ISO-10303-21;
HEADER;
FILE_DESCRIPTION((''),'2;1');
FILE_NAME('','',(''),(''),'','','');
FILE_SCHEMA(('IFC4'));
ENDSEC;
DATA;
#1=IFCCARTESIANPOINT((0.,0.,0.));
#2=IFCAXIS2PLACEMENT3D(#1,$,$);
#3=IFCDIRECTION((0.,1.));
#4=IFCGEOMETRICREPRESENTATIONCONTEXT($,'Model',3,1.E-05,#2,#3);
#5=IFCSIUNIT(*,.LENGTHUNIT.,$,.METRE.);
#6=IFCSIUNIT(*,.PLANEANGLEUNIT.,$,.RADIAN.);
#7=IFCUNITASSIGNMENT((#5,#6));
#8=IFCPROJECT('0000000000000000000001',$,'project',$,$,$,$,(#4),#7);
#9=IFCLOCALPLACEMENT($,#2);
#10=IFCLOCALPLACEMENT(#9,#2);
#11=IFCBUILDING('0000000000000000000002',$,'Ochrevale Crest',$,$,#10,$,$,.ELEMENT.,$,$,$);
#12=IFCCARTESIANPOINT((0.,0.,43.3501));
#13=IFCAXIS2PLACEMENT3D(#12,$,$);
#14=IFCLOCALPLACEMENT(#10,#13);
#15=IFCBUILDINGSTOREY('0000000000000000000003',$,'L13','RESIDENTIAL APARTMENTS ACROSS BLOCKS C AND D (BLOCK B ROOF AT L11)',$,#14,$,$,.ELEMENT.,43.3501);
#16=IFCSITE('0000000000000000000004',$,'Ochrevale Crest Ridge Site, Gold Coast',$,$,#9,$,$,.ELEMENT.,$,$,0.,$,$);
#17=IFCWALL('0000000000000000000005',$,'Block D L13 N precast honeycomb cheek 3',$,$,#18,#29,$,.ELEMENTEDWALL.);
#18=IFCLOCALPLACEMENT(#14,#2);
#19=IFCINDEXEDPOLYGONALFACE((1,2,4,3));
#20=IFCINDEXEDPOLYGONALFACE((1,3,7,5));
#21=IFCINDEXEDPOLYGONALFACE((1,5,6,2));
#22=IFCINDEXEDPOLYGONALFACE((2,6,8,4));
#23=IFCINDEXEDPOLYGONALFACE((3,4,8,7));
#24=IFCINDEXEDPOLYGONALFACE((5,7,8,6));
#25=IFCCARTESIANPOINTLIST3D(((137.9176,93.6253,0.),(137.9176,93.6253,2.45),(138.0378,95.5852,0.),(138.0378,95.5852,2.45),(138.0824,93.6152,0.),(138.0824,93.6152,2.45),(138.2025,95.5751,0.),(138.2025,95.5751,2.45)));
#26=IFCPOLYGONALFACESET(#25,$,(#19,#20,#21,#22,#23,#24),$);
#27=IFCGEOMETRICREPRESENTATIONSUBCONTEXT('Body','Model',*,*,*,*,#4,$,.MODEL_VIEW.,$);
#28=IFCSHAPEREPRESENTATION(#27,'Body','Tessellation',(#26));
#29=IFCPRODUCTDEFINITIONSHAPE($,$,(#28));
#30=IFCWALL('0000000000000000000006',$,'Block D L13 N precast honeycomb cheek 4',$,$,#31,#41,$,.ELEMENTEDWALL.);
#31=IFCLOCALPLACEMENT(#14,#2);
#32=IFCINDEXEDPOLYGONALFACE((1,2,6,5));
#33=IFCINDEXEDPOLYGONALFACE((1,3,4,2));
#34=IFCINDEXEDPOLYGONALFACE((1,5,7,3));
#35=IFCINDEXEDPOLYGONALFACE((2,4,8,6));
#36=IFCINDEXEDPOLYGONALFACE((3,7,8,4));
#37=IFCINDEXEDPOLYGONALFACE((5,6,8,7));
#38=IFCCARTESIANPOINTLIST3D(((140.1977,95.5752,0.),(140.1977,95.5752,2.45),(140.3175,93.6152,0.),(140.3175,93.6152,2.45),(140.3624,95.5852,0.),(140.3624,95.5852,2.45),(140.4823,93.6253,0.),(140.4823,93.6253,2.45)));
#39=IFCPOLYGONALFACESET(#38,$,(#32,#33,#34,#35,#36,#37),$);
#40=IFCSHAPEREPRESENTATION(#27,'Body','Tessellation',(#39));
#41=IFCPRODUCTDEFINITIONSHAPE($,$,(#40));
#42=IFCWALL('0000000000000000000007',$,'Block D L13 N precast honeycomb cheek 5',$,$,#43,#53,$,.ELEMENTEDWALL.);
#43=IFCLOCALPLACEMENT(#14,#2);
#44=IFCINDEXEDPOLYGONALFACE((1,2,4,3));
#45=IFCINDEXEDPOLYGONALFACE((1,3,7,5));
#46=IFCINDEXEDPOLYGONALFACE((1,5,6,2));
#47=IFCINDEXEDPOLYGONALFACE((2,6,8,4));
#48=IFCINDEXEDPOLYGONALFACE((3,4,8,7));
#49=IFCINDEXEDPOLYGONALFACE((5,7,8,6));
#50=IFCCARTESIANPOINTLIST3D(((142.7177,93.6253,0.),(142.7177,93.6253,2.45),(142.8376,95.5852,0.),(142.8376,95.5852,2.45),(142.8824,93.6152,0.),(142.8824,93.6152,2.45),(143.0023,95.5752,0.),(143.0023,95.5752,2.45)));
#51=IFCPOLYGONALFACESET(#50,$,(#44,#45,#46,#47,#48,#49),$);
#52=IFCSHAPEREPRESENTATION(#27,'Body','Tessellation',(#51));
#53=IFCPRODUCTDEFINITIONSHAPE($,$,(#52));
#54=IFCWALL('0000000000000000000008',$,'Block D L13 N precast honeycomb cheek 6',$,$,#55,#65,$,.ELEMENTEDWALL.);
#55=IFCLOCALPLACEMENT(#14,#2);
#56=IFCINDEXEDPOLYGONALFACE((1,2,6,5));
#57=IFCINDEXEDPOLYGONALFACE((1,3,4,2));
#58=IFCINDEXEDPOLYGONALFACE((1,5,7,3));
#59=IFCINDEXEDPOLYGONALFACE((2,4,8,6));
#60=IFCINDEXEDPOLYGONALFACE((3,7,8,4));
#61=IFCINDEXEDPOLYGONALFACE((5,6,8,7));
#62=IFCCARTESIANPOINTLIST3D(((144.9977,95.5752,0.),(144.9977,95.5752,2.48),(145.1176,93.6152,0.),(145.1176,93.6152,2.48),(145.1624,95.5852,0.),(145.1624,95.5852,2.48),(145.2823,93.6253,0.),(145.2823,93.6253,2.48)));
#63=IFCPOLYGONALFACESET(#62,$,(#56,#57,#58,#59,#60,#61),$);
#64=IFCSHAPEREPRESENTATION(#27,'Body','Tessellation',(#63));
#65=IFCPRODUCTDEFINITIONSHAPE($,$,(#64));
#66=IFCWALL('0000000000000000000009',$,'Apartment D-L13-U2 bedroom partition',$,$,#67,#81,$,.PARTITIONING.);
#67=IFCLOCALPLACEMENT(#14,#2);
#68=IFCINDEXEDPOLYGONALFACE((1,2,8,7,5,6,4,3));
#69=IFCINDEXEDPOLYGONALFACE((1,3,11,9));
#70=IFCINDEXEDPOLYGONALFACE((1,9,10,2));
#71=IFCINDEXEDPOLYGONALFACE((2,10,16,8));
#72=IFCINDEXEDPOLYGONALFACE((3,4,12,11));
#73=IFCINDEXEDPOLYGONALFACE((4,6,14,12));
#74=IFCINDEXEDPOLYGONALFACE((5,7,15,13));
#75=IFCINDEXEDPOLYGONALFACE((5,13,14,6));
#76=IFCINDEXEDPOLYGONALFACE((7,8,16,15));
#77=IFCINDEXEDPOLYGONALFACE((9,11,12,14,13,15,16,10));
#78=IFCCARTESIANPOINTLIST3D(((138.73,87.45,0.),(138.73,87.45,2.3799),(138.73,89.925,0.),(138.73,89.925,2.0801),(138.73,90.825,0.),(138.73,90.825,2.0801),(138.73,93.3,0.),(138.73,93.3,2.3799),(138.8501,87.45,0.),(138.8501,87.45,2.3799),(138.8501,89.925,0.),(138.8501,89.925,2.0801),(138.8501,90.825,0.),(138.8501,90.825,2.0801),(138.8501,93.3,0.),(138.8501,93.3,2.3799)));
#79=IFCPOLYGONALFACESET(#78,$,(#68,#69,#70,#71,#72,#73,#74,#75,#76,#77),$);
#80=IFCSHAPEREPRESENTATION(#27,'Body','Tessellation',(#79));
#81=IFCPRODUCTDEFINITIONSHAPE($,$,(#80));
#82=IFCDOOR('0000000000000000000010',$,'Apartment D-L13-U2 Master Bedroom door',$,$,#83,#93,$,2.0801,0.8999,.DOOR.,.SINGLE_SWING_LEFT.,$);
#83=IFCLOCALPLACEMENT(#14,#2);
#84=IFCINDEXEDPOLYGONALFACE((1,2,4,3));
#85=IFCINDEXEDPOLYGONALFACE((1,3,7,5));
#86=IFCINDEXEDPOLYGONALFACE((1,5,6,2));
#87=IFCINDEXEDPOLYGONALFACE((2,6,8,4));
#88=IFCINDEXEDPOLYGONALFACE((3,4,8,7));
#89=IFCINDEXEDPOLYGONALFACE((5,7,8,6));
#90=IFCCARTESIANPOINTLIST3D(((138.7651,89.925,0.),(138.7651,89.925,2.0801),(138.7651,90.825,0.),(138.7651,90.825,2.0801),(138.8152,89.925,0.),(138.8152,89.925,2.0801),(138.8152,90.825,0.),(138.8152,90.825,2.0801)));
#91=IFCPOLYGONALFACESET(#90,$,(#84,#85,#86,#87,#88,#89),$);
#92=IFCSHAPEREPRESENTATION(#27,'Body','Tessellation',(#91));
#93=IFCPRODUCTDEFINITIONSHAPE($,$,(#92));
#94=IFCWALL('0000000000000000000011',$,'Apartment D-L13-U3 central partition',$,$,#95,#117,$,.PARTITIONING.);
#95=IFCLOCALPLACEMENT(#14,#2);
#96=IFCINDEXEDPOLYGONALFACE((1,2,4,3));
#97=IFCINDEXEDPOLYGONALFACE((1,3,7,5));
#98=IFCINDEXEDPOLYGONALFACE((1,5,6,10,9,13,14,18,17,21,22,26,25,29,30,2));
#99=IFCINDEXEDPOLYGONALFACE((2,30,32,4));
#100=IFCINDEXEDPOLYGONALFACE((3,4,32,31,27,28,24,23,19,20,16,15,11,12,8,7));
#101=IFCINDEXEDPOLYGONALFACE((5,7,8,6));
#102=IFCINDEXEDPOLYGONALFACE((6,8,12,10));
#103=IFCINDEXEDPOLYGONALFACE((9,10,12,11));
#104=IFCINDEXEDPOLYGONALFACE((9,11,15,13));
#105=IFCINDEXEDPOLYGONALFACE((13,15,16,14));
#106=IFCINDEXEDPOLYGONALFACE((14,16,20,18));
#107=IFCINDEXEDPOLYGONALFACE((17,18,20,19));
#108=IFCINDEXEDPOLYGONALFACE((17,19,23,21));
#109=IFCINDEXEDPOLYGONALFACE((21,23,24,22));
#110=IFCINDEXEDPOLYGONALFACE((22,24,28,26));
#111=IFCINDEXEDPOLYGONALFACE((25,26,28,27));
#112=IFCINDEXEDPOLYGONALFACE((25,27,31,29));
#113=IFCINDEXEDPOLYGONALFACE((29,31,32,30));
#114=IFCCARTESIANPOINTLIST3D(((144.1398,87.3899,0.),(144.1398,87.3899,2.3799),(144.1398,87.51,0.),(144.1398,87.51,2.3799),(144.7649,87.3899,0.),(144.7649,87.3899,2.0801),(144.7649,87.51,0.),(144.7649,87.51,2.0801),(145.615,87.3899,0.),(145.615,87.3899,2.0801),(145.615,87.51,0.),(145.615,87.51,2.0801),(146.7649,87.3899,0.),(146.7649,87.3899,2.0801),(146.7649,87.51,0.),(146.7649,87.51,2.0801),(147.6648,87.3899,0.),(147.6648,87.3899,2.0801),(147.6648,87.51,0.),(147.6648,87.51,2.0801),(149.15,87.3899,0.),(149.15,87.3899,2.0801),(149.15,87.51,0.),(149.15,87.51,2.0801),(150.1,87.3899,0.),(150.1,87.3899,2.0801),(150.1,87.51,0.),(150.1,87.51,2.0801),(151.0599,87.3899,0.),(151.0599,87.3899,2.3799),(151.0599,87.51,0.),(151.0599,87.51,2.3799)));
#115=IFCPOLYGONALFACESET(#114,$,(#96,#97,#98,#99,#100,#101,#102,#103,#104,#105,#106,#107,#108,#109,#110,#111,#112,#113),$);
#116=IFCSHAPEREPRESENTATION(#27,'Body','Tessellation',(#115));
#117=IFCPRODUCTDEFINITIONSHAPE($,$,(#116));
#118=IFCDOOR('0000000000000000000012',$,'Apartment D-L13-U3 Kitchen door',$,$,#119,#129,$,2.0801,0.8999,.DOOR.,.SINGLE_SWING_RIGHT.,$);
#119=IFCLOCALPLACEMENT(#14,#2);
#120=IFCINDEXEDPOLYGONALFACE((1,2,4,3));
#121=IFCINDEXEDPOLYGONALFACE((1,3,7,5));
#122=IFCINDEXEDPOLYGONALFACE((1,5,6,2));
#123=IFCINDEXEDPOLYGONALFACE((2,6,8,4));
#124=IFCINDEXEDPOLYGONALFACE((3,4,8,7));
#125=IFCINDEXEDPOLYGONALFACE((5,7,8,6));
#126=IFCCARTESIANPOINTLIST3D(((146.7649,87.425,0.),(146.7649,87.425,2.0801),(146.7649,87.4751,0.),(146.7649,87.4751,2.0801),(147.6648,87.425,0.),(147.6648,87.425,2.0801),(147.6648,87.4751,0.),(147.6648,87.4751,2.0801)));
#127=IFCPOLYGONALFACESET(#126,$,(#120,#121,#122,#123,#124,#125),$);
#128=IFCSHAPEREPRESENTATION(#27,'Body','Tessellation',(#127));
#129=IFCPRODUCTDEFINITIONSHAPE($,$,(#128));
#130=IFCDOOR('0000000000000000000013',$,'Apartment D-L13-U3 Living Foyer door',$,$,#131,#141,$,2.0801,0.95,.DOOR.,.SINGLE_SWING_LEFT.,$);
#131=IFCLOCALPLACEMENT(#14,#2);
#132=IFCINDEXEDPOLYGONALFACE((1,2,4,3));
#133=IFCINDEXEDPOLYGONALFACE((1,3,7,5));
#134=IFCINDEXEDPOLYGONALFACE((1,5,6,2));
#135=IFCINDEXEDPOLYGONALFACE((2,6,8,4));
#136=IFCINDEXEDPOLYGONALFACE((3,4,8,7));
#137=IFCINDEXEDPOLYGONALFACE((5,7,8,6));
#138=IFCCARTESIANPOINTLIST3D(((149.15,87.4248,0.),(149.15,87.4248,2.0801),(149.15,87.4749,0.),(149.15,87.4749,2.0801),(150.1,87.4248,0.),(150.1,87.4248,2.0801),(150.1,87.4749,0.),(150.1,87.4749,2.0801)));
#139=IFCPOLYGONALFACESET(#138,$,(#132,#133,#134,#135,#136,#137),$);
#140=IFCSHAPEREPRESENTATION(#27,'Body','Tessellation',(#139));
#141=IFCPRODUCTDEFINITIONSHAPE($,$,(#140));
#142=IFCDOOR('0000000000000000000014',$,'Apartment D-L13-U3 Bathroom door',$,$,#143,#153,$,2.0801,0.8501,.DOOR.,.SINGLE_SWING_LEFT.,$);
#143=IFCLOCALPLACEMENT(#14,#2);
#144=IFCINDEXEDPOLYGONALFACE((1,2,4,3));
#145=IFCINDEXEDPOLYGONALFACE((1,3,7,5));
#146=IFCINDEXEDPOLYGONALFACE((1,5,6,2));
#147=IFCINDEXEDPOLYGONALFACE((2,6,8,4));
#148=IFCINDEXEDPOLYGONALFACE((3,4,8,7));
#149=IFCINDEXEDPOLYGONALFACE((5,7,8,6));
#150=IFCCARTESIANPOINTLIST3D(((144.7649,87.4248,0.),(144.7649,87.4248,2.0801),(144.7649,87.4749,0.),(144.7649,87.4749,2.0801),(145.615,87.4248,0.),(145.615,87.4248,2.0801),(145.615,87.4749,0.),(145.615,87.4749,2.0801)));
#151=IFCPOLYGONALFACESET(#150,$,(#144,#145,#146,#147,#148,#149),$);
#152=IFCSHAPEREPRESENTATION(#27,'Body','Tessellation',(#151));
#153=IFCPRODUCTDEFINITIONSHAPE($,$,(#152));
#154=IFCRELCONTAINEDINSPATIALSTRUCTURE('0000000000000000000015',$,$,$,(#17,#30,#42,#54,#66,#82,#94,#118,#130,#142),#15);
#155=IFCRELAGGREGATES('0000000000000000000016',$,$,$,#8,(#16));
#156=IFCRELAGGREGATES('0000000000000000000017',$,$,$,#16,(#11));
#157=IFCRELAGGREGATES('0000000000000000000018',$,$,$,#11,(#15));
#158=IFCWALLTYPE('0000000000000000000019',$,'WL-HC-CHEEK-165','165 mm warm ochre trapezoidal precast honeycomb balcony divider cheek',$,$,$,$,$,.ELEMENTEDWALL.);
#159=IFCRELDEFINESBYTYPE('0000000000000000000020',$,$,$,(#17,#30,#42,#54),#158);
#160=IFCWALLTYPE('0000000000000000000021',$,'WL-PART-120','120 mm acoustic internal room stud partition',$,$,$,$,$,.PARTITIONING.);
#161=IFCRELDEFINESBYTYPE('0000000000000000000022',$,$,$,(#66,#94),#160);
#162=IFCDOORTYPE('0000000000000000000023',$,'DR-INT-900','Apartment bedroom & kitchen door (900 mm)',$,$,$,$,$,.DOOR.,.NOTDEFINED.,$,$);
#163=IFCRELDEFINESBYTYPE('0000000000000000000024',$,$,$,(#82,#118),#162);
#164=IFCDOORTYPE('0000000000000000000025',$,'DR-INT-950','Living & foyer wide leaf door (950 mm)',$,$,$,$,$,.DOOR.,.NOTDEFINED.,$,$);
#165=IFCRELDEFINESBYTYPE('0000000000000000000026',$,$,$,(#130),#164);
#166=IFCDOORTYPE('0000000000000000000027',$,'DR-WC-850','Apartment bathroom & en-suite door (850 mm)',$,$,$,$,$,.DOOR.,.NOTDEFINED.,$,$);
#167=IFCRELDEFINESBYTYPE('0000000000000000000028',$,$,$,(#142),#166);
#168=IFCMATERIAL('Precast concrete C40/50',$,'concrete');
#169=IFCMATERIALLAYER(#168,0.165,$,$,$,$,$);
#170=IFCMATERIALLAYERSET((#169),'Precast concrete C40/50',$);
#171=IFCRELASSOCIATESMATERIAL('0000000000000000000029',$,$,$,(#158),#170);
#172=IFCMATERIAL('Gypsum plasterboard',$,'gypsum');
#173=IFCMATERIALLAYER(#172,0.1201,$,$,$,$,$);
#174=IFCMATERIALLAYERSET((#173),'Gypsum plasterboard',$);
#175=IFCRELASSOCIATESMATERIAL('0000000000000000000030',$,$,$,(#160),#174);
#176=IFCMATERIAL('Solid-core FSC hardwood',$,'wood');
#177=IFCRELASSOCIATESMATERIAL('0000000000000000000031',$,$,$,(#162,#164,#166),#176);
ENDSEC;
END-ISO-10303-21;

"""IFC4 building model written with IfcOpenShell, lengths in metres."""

from ifc_helpers import new_model, si_unit, direction, frame, frame_2d, origin, place, context, subcontext, project, spatial, rectangle, extrude, material, layer, layer_set, type_object, element, fill, save


model = new_model("IFC4")

# Units and contexts
model_context = context("Model", 3, precision=1e-05, world=origin(), true_north=direction((0.0, 1.0)))
body_context = subcontext(model_context, "Body", "Model", "MODEL_VIEW")
ifc_project = project(units=[si_unit("LENGTHUNIT", "METRE"), si_unit("PLANEANGLEUNIT", "RADIAN")], contexts=[model_context])

# Site, building, storey
site_placement = place(None, origin())
site = spatial("IfcSite", under=ifc_project, at=site_placement, Name="Ochrevale Crest Ridge Site, Gold Coast", CompositionType="ELEMENT", RefElevation=0.0)
building_placement = place(site_placement, origin())
building = spatial("IfcBuilding", under=site, at=building_placement, Name="Ochrevale Crest", CompositionType="ELEMENT")
storey_placement = place(building_placement, frame((0.0, 0.0, 43.3501)))
storey = spatial("IfcBuildingStorey", under=building, at=storey_placement, Name="L13", Description="RESIDENTIAL APARTMENTS ACROSS BLOCKS C AND D (BLOCK B ROOF AT L11)", CompositionType="ELEMENT", Elevation=43.3501)

# Shared definitions
ifc_material_1 = material(Name="Precast concrete C40/50", Category="concrete")

# Walls
ifc_layer_1 = layer(ifc_material_1, 0.165)
ifc_layer_set_1 = layer_set([ifc_layer_1], Name="Precast concrete C40/50")
wall_type_1 = type_object("IfcWallType", Name="WL-HC-CHEEK-165", Description="165 mm warm ochre trapezoidal precast honeycomb balcony divider cheek", PredefinedType="ELEMENTEDWALL", material=ifc_layer_set_1)
for number, where, z_axis, x_axis, name in (
    (1, (138.0, 93.6201, 0.0), (0.0, 0.0, 1.0), (0.061171, 0.998127, 0.0), "Block D L13 N precast honeycomb cheek 3"),
    (2, (140.3999, 93.6201, 0.0), (0.0, 0.0, 1.0), (-0.061047, 0.998135, 0.0), "Block D L13 N precast honeycomb cheek 4"),
    (3, (142.8, 93.6201, 0.0), (0.0, 0.0, 1.0), (0.061047, 0.998135, 0.0), "Block D L13 N precast honeycomb cheek 5"),
):
    element("IfcWall", number, at=place(storey_placement, frame(where, z_axis=z_axis, x_axis=x_axis)), inside=storey, type_object=wall_type_1, Name=name, PredefinedType="ELEMENTEDWALL", context=body_context, shape_type="SweptSolid", body=[
        extrude(rectangle(XDim=1.9636, YDim=0.165, at=frame_2d((0.9819, 0.0))), origin(), (0.0, 0.0, 1.0), 2.45),
    ])
wall_1_placement = place(storey_placement, frame((145.2, 93.6201, 0.0), z_axis=(0.0, 0.0, 1.0), x_axis=(-0.061047, 0.998135, 0.0)))
element("IfcWall", 4, at=wall_1_placement, inside=storey, type_object=wall_type_1, Name="Block D L13 N precast honeycomb cheek 6", PredefinedType="ELEMENTEDWALL", context=body_context, shape_type="SweptSolid", body=[
    extrude(rectangle(XDim=1.9636, YDim=0.165, at=frame_2d((0.9819, 0.0))), origin(), (0.0, 0.0, 1.0), 2.48),
])

# Wall, opening, door
ifc_material_2 = material(Name="Gypsum plasterboard", Category="gypsum")
ifc_layer_2 = layer(ifc_material_2, 0.1201)
ifc_layer_set_2 = layer_set([ifc_layer_2], Name="Gypsum plasterboard")
wall_type_2 = type_object("IfcWallType", Name="WL-PART-120", Description="120 mm acoustic internal room stud partition", PredefinedType="PARTITIONING", material=ifc_layer_set_2)
wall_2_placement = place(storey_placement, frame((138.79, 87.45, 0.0), z_axis=(0.0, 0.0, 1.0), x_axis=(0.0, 1.0, 0.0)))
wall_2 = element("IfcWall", 5, at=wall_2_placement, inside=storey, type_object=wall_type_2, Name="Apartment D-L13-U2 bedroom partition", PredefinedType="PARTITIONING", context=body_context, shape_type="SweptSolid", body=[
    extrude(rectangle(XDim=5.8501, YDim=0.1201, at=frame_2d((2.925, 0.0))), origin(), (0.0, 0.0, 1.0), 2.3799),
])
opening_1_placement = place(wall_2_placement, frame((2.4751, 0.0, 0.0)))
opening_1 = element("IfcOpeningElement", 6, at=opening_1_placement, cuts=wall_2, PredefinedType="OPENING", context=body_context, shape_type="SweptSolid", body=[
    extrude(rectangle(XDim=0.8999, YDim=2.0801, at=frame_2d((0.45, 1.04))), frame((0.0, 0.0701, 0.0), z_axis=(0.0, -1.0, 0.0), x_axis=(1.0, 0.0, 0.0)), (0.0, 0.0, 1.0), 0.1401),
])
ifc_material_3 = material(Name="Solid-core FSC hardwood", Category="wood")
door_type_1 = type_object("IfcDoorType", Name="DR-INT-900", Description="Apartment bedroom & kitchen door (900 mm)", OperationType="NOTDEFINED", PredefinedType="DOOR", material=ifc_material_3)
door_1_placement = place(opening_1_placement, origin())
door_1 = element("IfcDoor", 7, at=door_1_placement, inside=storey, type_object=door_type_1, Name="Apartment D-L13-U2 Master Bedroom door", OperationType="SINGLE_SWING_LEFT", OverallHeight=2.0801, OverallWidth=0.8999, PredefinedType="DOOR", context=body_context, shape_type="SweptSolid", body=[
    extrude(rectangle(XDim=0.8999, YDim=2.0801, at=frame_2d((0.45, 1.04))), frame((0.0, 0.0249, 0.0), z_axis=(0.0, -1.0, 0.0), x_axis=(1.0, 0.0, 0.0)), (0.0, 0.0, 1.0), 0.05),
])
fill(opening_1, door_1)

# Wall, openings, doors
wall_3_placement = place(storey_placement, frame((144.1399, 87.45, 0.0), z_axis=(0.0, 0.0, 1.0), x_axis=(1.0, 0.0, 0.0)))
wall_3 = element("IfcWall", 8, at=wall_3_placement, inside=storey, type_object=wall_type_2, Name="Apartment D-L13-U3 central partition", PredefinedType="PARTITIONING", context=body_context, shape_type="SweptSolid", body=[
    extrude(rectangle(XDim=6.9202, YDim=0.1201, at=frame_2d((3.46, 0.0))), origin(), (0.0, 0.0, 1.0), 2.3799),
])
opening_2_placement = place(wall_3_placement, frame((0.625, 0.0, 0.0)))
opening_2 = element("IfcOpeningElement", 9, at=opening_2_placement, cuts=wall_3, PredefinedType="OPENING", context=body_context, shape_type="SweptSolid", body=[
    extrude(rectangle(XDim=0.8501, YDim=2.0801, at=frame_2d((0.425, 1.04))), frame((0.0, 0.0701, 0.0), z_axis=(0.0, -1.0, 0.0), x_axis=(1.0, 0.0, 0.0)), (0.0, 0.0, 1.0), 0.1401),
])
opening_3_placement = place(wall_3_placement, frame((3.5249, 0.0, 0.0), z_axis=(0.0, 0.0, 1.0), x_axis=(-1.0, 0.0, 0.0)))
opening_3 = element("IfcOpeningElement", 10, at=opening_3_placement, cuts=wall_3, PredefinedType="OPENING", context=body_context, shape_type="SweptSolid", body=[
    extrude(rectangle(XDim=0.8999, YDim=2.0801, at=frame_2d((0.45, 1.04))), frame((0.0, 0.0701, 0.0), z_axis=(0.0, -1.0, 0.0), x_axis=(1.0, 0.0, 0.0)), (0.0, 0.0, 1.0), 0.1401),
])
opening_4_placement = place(wall_3_placement, frame((5.01, 0.0, 0.0)))
opening_4 = element("IfcOpeningElement", 11, at=opening_4_placement, cuts=wall_3, PredefinedType="OPENING", context=body_context, shape_type="SweptSolid", body=[
    extrude(rectangle(XDim=0.95, YDim=2.0801, at=frame_2d((0.4751, 1.04))), frame((0.0, 0.0701, 0.0), z_axis=(0.0, -1.0, 0.0), x_axis=(1.0, 0.0, 0.0)), (0.0, 0.0, 1.0), 0.1401),
])
door_2_placement = place(opening_3_placement, origin())
door_2 = element("IfcDoor", 12, at=door_2_placement, inside=storey, type_object=door_type_1, Name="Apartment D-L13-U3 Kitchen door", OperationType="SINGLE_SWING_RIGHT", OverallHeight=2.0801, OverallWidth=0.8999, PredefinedType="DOOR", context=body_context, shape_type="SweptSolid", body=[
    extrude(rectangle(XDim=0.8999, YDim=2.0801, at=frame_2d((0.45, 1.04))), frame((0.0, 0.0249, 0.0), z_axis=(0.0, -1.0, 0.0), x_axis=(1.0, 0.0, 0.0)), (0.0, 0.0, 1.0), 0.05),
])
fill(opening_3, door_2)
door_type_2 = type_object("IfcDoorType", Name="DR-INT-950", Description="Living & foyer wide leaf door (950 mm)", OperationType="NOTDEFINED", PredefinedType="DOOR", material=ifc_material_3)
door_3_placement = place(opening_4_placement, origin())
door_3 = element("IfcDoor", 13, at=door_3_placement, inside=storey, type_object=door_type_2, Name="Apartment D-L13-U3 Living Foyer door", OperationType="SINGLE_SWING_LEFT", OverallHeight=2.0801, OverallWidth=0.95, PredefinedType="DOOR", context=body_context, shape_type="SweptSolid", body=[
    extrude(rectangle(XDim=0.95, YDim=2.0801, at=frame_2d((0.4751, 1.04))), frame((0.0, 0.0249, 0.0), z_axis=(0.0, -1.0, 0.0), x_axis=(1.0, 0.0, 0.0)), (0.0, 0.0, 1.0), 0.05),
])
fill(opening_4, door_3)
door_type_3 = type_object("IfcDoorType", Name="DR-WC-850", Description="Apartment bathroom & en-suite door (850 mm)", OperationType="NOTDEFINED", PredefinedType="DOOR", material=ifc_material_3)
door_4_placement = place(opening_2_placement, origin())
door_4 = element("IfcDoor", 14, at=door_4_placement, inside=storey, type_object=door_type_3, Name="Apartment D-L13-U3 Bathroom door", OperationType="SINGLE_SWING_LEFT", OverallHeight=2.0801, OverallWidth=0.8501, PredefinedType="DOOR", context=body_context, shape_type="SweptSolid", body=[
    extrude(rectangle(XDim=0.8501, YDim=2.0801, at=frame_2d((0.425, 1.04))), frame((0.0, 0.0249, 0.0), z_axis=(0.0, -1.0, 0.0), x_axis=(1.0, 0.0, 0.0)), (0.0, 0.0, 1.0), 0.05),
])
fill(opening_2, door_4)

save(model, "model.ifc")
